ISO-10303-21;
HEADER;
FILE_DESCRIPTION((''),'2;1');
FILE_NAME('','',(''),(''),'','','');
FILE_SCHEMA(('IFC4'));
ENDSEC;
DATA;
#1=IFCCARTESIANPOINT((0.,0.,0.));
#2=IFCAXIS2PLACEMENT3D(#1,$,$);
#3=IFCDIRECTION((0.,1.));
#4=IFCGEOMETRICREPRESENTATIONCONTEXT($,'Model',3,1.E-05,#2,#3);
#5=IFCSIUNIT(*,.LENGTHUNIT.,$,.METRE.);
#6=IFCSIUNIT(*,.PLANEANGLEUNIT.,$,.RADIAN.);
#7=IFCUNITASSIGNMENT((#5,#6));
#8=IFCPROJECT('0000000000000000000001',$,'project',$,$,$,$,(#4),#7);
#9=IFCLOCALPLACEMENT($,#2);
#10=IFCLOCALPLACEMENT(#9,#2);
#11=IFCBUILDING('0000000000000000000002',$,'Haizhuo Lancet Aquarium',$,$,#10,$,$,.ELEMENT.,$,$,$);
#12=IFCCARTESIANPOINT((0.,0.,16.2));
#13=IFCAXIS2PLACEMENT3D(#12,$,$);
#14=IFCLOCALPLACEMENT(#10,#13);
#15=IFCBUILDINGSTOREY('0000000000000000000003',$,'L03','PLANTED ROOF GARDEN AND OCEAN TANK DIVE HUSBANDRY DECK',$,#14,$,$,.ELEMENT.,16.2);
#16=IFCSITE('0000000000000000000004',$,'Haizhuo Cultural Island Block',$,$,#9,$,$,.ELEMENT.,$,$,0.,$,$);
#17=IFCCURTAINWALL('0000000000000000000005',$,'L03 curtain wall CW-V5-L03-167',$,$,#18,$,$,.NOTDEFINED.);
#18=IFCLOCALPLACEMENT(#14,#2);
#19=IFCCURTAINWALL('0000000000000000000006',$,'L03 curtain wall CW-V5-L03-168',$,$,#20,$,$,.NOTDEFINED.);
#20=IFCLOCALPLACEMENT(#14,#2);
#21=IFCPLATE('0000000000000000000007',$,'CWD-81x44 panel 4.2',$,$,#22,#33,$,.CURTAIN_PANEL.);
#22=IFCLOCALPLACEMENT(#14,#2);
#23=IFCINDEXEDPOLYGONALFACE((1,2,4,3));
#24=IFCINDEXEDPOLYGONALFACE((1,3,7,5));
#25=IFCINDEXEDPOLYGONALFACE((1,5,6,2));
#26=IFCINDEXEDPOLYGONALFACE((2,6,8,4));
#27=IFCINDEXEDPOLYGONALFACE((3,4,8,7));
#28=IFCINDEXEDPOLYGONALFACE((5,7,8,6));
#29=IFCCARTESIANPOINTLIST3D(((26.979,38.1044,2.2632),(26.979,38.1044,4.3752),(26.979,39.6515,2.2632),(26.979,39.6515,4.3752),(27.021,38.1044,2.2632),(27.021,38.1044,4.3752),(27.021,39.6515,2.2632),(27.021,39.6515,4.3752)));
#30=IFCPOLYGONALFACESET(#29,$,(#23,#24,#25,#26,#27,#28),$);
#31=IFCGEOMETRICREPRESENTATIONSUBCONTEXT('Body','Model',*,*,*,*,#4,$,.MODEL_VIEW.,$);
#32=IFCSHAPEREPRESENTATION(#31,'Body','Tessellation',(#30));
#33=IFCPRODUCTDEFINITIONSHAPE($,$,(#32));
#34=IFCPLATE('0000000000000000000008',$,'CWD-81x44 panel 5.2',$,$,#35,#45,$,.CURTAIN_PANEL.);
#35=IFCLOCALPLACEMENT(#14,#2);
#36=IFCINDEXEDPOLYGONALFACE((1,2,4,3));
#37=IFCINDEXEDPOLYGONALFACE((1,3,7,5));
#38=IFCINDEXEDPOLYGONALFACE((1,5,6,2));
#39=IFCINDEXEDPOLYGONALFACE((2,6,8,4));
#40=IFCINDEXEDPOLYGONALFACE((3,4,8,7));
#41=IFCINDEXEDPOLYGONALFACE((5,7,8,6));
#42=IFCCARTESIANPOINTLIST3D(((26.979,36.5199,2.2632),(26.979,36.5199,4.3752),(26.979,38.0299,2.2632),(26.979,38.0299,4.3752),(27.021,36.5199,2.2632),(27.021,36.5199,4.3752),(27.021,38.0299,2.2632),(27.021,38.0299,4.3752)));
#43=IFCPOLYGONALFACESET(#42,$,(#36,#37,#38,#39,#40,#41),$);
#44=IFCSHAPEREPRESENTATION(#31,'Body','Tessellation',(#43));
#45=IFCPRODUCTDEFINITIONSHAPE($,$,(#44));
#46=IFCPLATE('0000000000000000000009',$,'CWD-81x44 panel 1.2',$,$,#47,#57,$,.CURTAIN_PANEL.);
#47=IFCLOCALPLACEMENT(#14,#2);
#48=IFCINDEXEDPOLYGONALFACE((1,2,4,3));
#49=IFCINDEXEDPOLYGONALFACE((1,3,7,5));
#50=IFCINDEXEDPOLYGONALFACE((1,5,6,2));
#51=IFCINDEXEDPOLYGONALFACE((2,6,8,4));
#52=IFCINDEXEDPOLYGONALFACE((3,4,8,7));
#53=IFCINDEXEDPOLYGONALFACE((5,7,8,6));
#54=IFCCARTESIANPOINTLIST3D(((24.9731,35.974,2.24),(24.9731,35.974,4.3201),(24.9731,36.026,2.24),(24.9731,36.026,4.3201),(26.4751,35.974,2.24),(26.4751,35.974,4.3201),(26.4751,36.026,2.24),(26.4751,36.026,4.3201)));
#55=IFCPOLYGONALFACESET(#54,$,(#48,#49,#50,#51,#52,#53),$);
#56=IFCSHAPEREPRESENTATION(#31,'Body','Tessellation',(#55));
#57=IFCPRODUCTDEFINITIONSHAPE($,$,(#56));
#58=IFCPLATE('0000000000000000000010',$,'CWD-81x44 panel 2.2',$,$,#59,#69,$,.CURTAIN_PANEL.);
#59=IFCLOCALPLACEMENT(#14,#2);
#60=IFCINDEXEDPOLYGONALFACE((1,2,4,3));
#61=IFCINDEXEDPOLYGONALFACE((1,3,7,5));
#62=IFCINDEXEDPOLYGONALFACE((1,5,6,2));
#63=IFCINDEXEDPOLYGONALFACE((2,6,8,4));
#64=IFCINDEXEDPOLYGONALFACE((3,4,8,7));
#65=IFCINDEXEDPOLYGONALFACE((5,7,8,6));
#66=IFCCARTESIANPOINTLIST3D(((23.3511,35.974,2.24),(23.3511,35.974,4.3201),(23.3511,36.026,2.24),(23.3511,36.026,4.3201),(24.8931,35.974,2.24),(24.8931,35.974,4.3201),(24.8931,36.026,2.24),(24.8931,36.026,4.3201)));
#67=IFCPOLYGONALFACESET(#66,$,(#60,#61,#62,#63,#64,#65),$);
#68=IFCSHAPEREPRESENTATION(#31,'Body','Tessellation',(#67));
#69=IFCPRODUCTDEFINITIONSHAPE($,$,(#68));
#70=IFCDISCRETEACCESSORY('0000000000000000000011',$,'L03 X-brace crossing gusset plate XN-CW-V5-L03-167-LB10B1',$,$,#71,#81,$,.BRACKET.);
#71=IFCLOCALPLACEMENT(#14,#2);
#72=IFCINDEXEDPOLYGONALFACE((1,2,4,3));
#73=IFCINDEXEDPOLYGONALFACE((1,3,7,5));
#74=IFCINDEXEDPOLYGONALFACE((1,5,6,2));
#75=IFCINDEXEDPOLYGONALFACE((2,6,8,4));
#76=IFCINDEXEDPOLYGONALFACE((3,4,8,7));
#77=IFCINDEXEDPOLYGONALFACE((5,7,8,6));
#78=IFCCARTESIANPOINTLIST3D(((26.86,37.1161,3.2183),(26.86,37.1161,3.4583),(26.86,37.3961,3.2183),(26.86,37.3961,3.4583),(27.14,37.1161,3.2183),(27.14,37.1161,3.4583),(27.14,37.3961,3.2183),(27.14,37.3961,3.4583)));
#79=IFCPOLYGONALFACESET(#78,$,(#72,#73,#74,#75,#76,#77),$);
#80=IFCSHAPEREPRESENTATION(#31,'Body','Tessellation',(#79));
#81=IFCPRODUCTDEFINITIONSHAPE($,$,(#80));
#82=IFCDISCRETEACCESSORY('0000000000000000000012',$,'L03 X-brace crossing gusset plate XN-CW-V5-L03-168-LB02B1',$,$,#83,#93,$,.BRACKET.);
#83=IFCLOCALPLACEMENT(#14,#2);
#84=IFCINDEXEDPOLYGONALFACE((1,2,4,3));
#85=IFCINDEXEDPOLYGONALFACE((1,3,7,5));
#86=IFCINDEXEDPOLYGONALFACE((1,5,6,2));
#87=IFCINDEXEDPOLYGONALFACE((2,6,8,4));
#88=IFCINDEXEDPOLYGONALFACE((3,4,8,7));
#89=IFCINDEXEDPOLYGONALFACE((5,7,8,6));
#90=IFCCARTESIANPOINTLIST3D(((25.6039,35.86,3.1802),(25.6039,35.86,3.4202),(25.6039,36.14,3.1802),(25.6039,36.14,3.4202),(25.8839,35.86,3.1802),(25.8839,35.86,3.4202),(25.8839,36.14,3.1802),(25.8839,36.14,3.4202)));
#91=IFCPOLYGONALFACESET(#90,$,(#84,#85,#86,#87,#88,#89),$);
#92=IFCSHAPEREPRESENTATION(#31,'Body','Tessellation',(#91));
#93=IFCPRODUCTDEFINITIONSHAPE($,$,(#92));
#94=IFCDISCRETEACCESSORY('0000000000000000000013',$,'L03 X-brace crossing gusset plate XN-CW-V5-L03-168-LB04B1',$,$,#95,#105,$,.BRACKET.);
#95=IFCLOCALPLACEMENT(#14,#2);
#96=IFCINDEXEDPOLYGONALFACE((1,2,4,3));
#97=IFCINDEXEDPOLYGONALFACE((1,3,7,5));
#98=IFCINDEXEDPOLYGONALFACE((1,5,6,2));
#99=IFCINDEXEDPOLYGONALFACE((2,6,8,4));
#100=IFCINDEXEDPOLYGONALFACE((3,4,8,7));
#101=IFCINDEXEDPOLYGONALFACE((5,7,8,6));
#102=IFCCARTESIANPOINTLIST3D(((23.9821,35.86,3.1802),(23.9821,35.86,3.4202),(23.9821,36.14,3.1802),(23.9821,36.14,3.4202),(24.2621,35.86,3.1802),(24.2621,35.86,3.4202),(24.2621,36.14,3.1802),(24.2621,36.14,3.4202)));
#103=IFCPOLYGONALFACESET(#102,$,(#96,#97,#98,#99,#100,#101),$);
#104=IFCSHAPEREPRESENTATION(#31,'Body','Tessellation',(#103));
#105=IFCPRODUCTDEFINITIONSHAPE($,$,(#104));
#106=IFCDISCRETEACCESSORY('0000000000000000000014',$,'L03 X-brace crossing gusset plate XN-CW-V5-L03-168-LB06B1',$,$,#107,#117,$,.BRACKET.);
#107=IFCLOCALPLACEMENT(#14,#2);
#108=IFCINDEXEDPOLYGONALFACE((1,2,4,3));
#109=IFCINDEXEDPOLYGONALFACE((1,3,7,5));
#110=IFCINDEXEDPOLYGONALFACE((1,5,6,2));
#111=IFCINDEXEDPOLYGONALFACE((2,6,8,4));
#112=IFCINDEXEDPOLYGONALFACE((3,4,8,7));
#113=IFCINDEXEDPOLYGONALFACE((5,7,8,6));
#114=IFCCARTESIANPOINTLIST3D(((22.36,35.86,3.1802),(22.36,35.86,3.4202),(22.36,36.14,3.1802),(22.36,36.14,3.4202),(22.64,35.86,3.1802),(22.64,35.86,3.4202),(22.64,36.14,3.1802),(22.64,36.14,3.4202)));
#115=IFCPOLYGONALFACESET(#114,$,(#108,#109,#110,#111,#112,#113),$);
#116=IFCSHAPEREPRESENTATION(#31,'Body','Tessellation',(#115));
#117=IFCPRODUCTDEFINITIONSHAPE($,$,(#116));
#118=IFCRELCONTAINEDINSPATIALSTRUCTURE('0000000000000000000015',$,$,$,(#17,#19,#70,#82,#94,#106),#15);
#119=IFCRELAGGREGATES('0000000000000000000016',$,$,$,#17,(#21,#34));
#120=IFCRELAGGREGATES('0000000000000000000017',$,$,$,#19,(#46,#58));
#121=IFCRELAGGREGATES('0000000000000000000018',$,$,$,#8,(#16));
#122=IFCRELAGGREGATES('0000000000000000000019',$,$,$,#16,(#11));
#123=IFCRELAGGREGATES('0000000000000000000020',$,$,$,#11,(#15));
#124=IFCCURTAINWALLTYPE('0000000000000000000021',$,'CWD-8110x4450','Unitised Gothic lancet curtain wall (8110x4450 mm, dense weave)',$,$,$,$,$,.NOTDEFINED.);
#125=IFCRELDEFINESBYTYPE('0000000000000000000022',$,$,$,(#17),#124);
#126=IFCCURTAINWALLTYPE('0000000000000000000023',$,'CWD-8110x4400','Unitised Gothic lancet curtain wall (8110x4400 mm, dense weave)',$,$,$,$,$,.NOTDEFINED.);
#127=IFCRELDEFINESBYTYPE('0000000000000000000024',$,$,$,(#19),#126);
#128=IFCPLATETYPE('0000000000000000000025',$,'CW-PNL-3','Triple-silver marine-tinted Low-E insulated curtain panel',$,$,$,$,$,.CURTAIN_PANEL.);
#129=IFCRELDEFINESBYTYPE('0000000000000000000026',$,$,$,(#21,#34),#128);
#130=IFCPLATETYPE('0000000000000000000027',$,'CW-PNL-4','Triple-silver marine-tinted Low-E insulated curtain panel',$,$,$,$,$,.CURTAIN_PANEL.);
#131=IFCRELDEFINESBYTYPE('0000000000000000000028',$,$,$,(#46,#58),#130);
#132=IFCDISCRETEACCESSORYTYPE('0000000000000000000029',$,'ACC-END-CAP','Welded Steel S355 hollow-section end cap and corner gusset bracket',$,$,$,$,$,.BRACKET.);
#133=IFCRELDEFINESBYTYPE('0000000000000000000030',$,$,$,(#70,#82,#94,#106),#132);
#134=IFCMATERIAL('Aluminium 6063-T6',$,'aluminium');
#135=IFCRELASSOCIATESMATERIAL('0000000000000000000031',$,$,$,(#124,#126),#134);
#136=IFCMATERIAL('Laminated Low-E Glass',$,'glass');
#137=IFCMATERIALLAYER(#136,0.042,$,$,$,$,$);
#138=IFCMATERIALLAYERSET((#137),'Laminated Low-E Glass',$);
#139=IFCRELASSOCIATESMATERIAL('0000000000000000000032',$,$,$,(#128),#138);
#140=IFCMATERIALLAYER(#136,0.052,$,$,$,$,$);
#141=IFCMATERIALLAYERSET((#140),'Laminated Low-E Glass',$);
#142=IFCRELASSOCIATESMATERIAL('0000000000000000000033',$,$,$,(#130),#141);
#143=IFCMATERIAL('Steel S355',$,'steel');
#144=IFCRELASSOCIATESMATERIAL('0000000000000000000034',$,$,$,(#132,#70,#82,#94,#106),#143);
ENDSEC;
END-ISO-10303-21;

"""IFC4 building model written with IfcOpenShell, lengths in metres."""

from ifc_helpers import new_model, si_unit, direction, frame, origin, origin_2d, place, context, subcontext, project, spatial, rectangle, extrude, material, layer, layer_set, type_object, element, aggregate, save


model = new_model("IFC4")

# Units and contexts
model_context = context("Model", 3, precision=1e-05, world=origin(), true_north=direction((0.0, 1.0)))
body_context = subcontext(model_context, "Body", "Model", "MODEL_VIEW")
ifc_project = project(units=[si_unit("LENGTHUNIT", "METRE"), si_unit("PLANEANGLEUNIT", "RADIAN")], contexts=[model_context])

# Site, building, storey
site_placement = place(None, origin())
site = spatial("IfcSite", under=ifc_project, at=site_placement, Name="Haizhuo Cultural Island Block", CompositionType="ELEMENT", RefElevation=0.0)
building_placement = place(site_placement, origin())
building = spatial("IfcBuilding", under=site, at=building_placement, Name="Haizhuo Lancet Aquarium", CompositionType="ELEMENT")
storey_placement = place(building_placement, frame((0.0, 0.0, 16.2)))
storey = spatial("IfcBuildingStorey", under=building, at=storey_placement, Name="L03", Description="PLANTED ROOF GARDEN AND OCEAN TANK DIVE HUSBANDRY DECK", CompositionType="ELEMENT", Elevation=16.2)

# Curtain walls
ifc_material_1 = material(Name="Aluminium 6063-T6", Category="aluminium")
curtain_wall_type_1 = type_object("IfcCurtainWallType", Name="CWD-8110x4450", Description="Unitised Gothic lancet curtain wall (8110x4450 mm, dense weave)", PredefinedType="NOTDEFINED", material=ifc_material_1)
curtain_wall_1_placement = place(storey_placement, origin())
curtain_wall_1 = element("IfcCurtainWall", 1, at=curtain_wall_1_placement, inside=storey, type_object=curtain_wall_type_1, Name="L03 curtain wall CW-V5-L03-167", PredefinedType="NOTDEFINED")
curtain_wall_type_2 = type_object("IfcCurtainWallType", Name="CWD-8110x4400", Description="Unitised Gothic lancet curtain wall (8110x4400 mm, dense weave)", PredefinedType="NOTDEFINED", material=ifc_material_1)
curtain_wall_2_placement = place(storey_placement, origin())
curtain_wall_2 = element("IfcCurtainWall", 2, at=curtain_wall_2_placement, inside=storey, type_object=curtain_wall_type_2, Name="L03 curtain wall CW-V5-L03-168", PredefinedType="NOTDEFINED")

# Shared definitions
ifc_material_2 = material(Name="Steel S355", Category="steel")

# Plates
ifc_material_3 = material(Name="Laminated Low-E Glass", Category="glass")
ifc_layer_1 = layer(ifc_material_3, 0.042)
ifc_layer_set_1 = layer_set([ifc_layer_1], Name="Laminated Low-E Glass")
plate_type_1 = type_object("IfcPlateType", Name="CW-PNL-3", Description="Triple-silver marine-tinted Low-E insulated curtain panel", PredefinedType="CURTAIN_PANEL", material=ifc_layer_set_1)
plate_1_placement = place(storey_placement, frame((27.0, 38.8779, 2.2632), z_axis=(0.0, 0.0, 1.0), x_axis=(0.0, -1.0, 0.0)))
plate_1 = element("IfcPlate", 3, at=plate_1_placement, type_object=plate_type_1, Name="CWD-81x44 panel 4.2", PredefinedType="CURTAIN_PANEL", context=body_context, shape_type="SweptSolid", body=[
    extrude(rectangle(XDim=1.5471, YDim=0.042, at=origin_2d()), origin(), (0.0, 0.0, 1.0), 2.1121),
])
plate_2_placement = place(storey_placement, frame((27.0, 37.2749, 2.2632), z_axis=(0.0, 0.0, 1.0), x_axis=(0.0, -1.0, 0.0)))
plate_2 = element("IfcPlate", 4, at=plate_2_placement, type_object=plate_type_1, Name="CWD-81x44 panel 5.2", PredefinedType="CURTAIN_PANEL", context=body_context, shape_type="SweptSolid", body=[
    extrude(rectangle(XDim=1.51, YDim=0.042, at=origin_2d()), origin(), (0.0, 0.0, 1.0), 2.1121),
])
aggregate(curtain_wall_1, [plate_1, plate_2])
ifc_layer_2 = layer(ifc_material_3, 0.052)
ifc_layer_set_2 = layer_set([ifc_layer_2], Name="Laminated Low-E Glass")
plate_type_2 = type_object("IfcPlateType", Name="CW-PNL-4", Description="Triple-silver marine-tinted Low-E insulated curtain panel", PredefinedType="CURTAIN_PANEL", material=ifc_layer_set_2)
plate_3_placement = place(storey_placement, frame((25.7241, 36.0, 2.24), z_axis=(0.0, 0.0, 1.0), x_axis=(-1.0, 0.0, 0.0)))
plate_3 = element("IfcPlate", 5, at=plate_3_placement, type_object=plate_type_2, Name="CWD-81x44 panel 1.2", PredefinedType="CURTAIN_PANEL", context=body_context, shape_type="SweptSolid", body=[
    extrude(rectangle(XDim=1.502, YDim=0.052, at=origin_2d()), origin(), (0.0, 0.0, 1.0), 2.0801),
])
plate_4_placement = place(storey_placement, frame((24.1221, 36.0, 2.24), z_axis=(0.0, 0.0, 1.0), x_axis=(-1.0, 0.0, 0.0)))
plate_4 = element("IfcPlate", 6, at=plate_4_placement, type_object=plate_type_2, Name="CWD-81x44 panel 2.2", PredefinedType="CURTAIN_PANEL", context=body_context, shape_type="SweptSolid", body=[
    extrude(rectangle(XDim=1.542, YDim=0.052, at=origin_2d()), origin(), (0.0, 0.0, 1.0), 2.0801),
])
aggregate(curtain_wall_2, [plate_3, plate_4])

# Discrete accessories
discrete_accessory_type = type_object("IfcDiscreteAccessoryType", Name="ACC-END-CAP", Description="Welded Steel S355 hollow-section end cap and corner gusset bracket", PredefinedType="BRACKET", material=ifc_material_2)
for number, where, z_axis, x_axis, name in (
    (7, (27.0, 37.2561, 3.2183), (0.0, 0.0, 1.0), (1.0, 0.0, 0.0), "L03 X-brace crossing gusset plate XN-CW-V5-L03-167-LB10B1"),
    (8, (25.7439, 36.0, 3.1802), (0.0, 0.0, 1.0), (1.0, 0.0, 0.0), "L03 X-brace crossing gusset plate XN-CW-V5-L03-168-LB02B1"),
    (9, (24.1221, 36.0, 3.1802), (0.0, 0.0, 1.0), (1.0, 0.0, 0.0), "L03 X-brace crossing gusset plate XN-CW-V5-L03-168-LB04B1"),
    (10, (22.5, 36.0, 3.1802), (0.0, 0.0, 1.0), (1.0, 0.0, 0.0), "L03 X-brace crossing gusset plate XN-CW-V5-L03-168-LB06B1"),
):
    element("IfcDiscreteAccessory", number, at=place(storey_placement, frame(where, z_axis=z_axis, x_axis=x_axis)), inside=storey, type_object=discrete_accessory_type, material=ifc_material_2, Name=name, PredefinedType="BRACKET", context=body_context, shape_type="SweptSolid", body=[
        extrude(rectangle(XDim=0.28, YDim=0.28, at=origin_2d()), origin(), (0.0, 0.0, 1.0), 0.24),
    ])

save(model, "model.ifc")
